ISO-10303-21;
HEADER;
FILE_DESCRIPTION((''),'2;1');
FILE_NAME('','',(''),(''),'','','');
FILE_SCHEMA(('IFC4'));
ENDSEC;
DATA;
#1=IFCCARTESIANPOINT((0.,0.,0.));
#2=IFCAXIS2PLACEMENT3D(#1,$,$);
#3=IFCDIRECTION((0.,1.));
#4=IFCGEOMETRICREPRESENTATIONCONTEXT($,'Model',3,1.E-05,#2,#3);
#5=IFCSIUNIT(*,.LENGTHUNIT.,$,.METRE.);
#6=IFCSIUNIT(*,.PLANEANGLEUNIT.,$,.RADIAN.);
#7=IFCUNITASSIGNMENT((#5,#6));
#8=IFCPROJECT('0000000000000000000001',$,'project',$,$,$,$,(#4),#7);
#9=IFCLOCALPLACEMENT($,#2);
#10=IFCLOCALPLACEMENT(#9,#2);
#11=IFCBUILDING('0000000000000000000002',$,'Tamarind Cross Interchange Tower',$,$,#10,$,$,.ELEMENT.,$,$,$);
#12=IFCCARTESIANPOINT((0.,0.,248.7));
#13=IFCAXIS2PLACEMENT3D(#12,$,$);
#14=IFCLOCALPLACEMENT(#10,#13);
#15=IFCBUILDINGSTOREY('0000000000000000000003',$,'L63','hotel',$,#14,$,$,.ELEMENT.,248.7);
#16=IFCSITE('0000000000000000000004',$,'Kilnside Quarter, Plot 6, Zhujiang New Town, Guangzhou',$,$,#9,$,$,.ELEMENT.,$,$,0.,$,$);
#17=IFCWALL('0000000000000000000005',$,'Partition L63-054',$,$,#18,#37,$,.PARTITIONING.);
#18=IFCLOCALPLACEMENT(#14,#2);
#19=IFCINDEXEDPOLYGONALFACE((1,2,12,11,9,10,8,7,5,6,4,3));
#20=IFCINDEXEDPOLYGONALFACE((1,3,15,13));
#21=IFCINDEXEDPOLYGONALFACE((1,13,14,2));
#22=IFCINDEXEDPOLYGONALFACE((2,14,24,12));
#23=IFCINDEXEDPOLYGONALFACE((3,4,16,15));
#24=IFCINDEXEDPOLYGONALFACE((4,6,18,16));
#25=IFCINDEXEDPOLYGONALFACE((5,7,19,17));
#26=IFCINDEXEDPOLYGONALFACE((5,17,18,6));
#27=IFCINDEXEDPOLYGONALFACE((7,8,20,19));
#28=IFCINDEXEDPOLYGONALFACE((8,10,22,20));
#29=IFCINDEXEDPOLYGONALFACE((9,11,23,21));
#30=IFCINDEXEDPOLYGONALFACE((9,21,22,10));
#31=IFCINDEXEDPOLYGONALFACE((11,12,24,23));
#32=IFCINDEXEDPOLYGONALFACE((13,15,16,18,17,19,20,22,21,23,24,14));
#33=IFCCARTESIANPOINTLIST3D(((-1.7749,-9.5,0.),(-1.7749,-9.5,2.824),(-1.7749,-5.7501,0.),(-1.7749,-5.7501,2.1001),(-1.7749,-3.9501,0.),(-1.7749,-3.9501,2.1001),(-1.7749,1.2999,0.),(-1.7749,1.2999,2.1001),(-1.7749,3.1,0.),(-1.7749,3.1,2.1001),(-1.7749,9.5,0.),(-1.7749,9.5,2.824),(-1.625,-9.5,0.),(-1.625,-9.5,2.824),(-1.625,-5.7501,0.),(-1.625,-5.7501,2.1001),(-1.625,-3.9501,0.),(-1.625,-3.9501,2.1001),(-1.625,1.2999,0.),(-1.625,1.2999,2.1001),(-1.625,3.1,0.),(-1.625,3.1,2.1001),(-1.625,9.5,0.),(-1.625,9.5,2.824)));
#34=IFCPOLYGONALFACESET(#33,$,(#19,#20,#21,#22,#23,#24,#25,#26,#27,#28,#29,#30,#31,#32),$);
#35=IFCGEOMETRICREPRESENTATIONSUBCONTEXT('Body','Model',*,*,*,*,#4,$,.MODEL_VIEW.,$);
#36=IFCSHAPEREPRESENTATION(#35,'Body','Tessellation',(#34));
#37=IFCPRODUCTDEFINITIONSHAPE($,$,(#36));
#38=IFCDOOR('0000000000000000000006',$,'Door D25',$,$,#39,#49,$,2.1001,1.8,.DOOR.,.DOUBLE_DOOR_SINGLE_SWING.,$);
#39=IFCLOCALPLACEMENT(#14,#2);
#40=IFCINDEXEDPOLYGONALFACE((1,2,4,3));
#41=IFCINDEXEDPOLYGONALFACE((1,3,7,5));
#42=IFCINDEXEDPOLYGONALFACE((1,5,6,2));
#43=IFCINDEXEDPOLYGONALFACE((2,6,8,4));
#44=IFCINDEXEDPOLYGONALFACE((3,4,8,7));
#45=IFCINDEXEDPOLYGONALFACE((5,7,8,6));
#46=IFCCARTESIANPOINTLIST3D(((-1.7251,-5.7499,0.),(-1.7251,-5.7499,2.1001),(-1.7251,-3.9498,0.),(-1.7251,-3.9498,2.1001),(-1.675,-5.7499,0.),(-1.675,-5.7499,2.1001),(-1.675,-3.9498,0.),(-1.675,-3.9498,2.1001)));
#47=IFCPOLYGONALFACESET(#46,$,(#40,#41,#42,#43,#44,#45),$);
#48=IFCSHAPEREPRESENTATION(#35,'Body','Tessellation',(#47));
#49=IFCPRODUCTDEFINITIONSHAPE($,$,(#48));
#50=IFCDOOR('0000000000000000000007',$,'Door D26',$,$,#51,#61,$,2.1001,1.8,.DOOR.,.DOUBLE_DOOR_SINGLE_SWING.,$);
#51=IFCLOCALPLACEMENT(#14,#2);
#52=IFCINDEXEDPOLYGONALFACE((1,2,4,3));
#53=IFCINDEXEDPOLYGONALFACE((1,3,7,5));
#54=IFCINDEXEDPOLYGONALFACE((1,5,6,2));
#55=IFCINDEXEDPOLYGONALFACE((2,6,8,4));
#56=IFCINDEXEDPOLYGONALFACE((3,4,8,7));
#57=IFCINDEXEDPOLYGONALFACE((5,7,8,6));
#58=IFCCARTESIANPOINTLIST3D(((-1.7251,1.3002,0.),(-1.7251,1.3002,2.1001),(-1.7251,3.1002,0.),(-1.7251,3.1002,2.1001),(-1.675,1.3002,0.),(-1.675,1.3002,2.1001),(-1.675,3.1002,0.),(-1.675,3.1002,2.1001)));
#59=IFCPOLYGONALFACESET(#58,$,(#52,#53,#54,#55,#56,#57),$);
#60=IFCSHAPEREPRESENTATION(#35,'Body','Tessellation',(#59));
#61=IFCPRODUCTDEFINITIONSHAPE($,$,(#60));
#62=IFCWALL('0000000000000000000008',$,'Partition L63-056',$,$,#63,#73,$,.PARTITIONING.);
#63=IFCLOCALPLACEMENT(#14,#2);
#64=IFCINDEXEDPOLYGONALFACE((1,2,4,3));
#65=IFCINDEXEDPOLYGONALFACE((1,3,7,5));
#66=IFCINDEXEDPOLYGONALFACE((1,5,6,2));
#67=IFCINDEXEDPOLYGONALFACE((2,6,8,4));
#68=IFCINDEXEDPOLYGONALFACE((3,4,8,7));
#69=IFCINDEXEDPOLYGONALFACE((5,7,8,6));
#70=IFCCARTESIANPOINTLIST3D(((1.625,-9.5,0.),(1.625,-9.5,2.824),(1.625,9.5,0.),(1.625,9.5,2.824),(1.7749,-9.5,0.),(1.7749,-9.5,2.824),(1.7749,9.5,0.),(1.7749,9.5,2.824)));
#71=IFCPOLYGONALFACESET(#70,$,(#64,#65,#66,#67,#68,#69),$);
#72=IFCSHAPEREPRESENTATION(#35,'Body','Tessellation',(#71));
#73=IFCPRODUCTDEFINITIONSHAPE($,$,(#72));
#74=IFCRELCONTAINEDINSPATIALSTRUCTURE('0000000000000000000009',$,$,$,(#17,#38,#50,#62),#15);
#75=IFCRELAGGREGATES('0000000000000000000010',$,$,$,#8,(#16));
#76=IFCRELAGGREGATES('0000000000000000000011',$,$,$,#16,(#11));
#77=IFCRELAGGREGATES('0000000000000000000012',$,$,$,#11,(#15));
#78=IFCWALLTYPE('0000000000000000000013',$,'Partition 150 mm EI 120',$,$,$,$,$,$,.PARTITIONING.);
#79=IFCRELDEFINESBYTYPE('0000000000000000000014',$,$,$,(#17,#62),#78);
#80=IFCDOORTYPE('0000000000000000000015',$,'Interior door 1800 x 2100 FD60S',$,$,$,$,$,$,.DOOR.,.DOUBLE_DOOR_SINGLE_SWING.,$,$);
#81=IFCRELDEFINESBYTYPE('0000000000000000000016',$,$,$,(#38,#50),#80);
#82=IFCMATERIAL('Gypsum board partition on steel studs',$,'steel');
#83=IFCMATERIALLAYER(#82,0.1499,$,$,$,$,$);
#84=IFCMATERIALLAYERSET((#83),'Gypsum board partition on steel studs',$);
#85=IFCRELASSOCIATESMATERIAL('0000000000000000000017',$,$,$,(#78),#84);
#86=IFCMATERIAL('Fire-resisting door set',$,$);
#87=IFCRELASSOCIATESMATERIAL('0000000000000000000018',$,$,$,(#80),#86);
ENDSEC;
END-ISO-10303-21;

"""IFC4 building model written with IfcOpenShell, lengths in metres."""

from ifc_helpers import new_model, si_unit, direction, frame, frame_2d, origin, place, context, subcontext, project, spatial, rectangle, extrude, material, layer, layer_set, type_object, element, fill, save


model = new_model("IFC4")

# Units and contexts
model_context = context("Model", 3, precision=1e-05, world=origin(), true_north=direction((0.0, 1.0)))
body_context = subcontext(model_context, "Body", "Model", "MODEL_VIEW")
ifc_project = project(units=[si_unit("LENGTHUNIT", "METRE"), si_unit("PLANEANGLEUNIT", "RADIAN")], contexts=[model_context])

# Site, building, storey
site_placement = place(None, origin())
site = spatial("IfcSite", under=ifc_project, at=site_placement, Name="Kilnside Quarter, Plot 6, Zhujiang New Town, Guangzhou", CompositionType="ELEMENT", RefElevation=0.0)
building_placement = place(site_placement, origin())
building = spatial("IfcBuilding", under=site, at=building_placement, Name="Tamarind Cross Interchange Tower", CompositionType="ELEMENT")
storey_placement = place(building_placement, frame((0.0, 0.0, 248.7)))
storey = spatial("IfcBuildingStorey", under=building, at=storey_placement, Name="L63", Description="hotel", CompositionType="ELEMENT", Elevation=248.7)

# Shared definitions
ifc_material_1 = material(Name="Gypsum board partition on steel studs", Category="steel")
ifc_layer_1 = layer(ifc_material_1, 0.1499)
ifc_layer_set_1 = layer_set([ifc_layer_1], Name="Gypsum board partition on steel studs")
wall_type_1 = type_object("IfcWallType", Name="Partition 150 mm EI 120", PredefinedType="PARTITIONING", material=ifc_layer_set_1)

# Wall, openings, doors
wall_1_placement = place(storey_placement, frame((-1.7, -9.5, 0.0), z_axis=(0.0, 0.0, 1.0), x_axis=(0.0, 1.0, 0.0)))
wall_1 = element("IfcWall", 1, at=wall_1_placement, inside=storey, type_object=wall_type_1, Name="Partition L63-054", PredefinedType="PARTITIONING", context=body_context, shape_type="SweptSolid", body=[
    extrude(rectangle(XDim=19.0, YDim=0.1499, at=frame_2d((9.5, 0.0))), origin(), (0.0, 0.0, 1.0), 2.824),
])
opening_1_placement = place(wall_1_placement, frame((3.75, 0.0, 0.0)))
opening_1 = element("IfcOpeningElement", 2, at=opening_1_placement, cuts=wall_1, PredefinedType="OPENING", context=body_context, shape_type="SweptSolid", body=[
    extrude(rectangle(XDim=1.8, YDim=2.1001, at=frame_2d((0.8999, 1.05))), frame((0.0, 0.085, 0.0), z_axis=(0.0, -1.0, 0.0), x_axis=(1.0, 0.0, 0.0)), (0.0, 0.0, 1.0), 0.1699),
])
opening_2_placement = place(wall_1_placement, frame((10.8, 0.0, 0.0)))
opening_2 = element("IfcOpeningElement", 3, at=opening_2_placement, cuts=wall_1, PredefinedType="OPENING", context=body_context, shape_type="SweptSolid", body=[
    extrude(rectangle(XDim=1.8, YDim=2.1001, at=frame_2d((0.8999, 1.05))), frame((0.0, 0.085, 0.0), z_axis=(0.0, -1.0, 0.0), x_axis=(1.0, 0.0, 0.0)), (0.0, 0.0, 1.0), 0.1699),
])
ifc_material_2 = material(Name="Fire-resisting door set")
door_type = type_object("IfcDoorType", Name="Interior door 1800 x 2100 FD60S", OperationType="DOUBLE_DOOR_SINGLE_SWING", PredefinedType="DOOR", material=ifc_material_2)
door_1_placement = place(opening_1_placement, frame((1.8, 0.0, 0.0), z_axis=(0.0, 0.0, 1.0), x_axis=(-1.0, 0.0, 0.0)))
door_1 = element("IfcDoor", 4, at=door_1_placement, inside=storey, type_object=door_type, Name="Door D25", OperationType="DOUBLE_DOOR_SINGLE_SWING", OverallHeight=2.1001, OverallWidth=1.8, PredefinedType="DOOR", context=body_context, shape_type="SweptSolid", body=[
    extrude(rectangle(XDim=1.8, YDim=2.1001, at=frame_2d((0.8999, 1.05))), frame((0.0, 0.0249, 0.0), z_axis=(0.0, -1.0, 0.0), x_axis=(1.0, 0.0, 0.0)), (0.0, 0.0, 1.0), 0.05),
])
fill(opening_1, door_1)
door_2_placement = place(opening_2_placement, frame((1.8, 0.0, 0.0), z_axis=(0.0, 0.0, 1.0), x_axis=(-1.0, 0.0, 0.0)))
door_2 = element("IfcDoor", 5, at=door_2_placement, inside=storey, type_object=door_type, Name="Door D26", OperationType="DOUBLE_DOOR_SINGLE_SWING", OverallHeight=2.1001, OverallWidth=1.8, PredefinedType="DOOR", context=body_context, shape_type="SweptSolid", body=[
    extrude(rectangle(XDim=1.8, YDim=2.1001, at=frame_2d((0.8999, 1.05))), frame((0.0, 0.0249, 0.0), z_axis=(0.0, -1.0, 0.0), x_axis=(1.0, 0.0, 0.0)), (0.0, 0.0, 1.0), 0.05),
])
fill(opening_2, door_2)

# Wall
wall_2_placement = place(storey_placement, frame((1.7, -9.5, 0.0), z_axis=(0.0, 0.0, 1.0), x_axis=(0.0, 1.0, 0.0)))
element("IfcWall", 6, at=wall_2_placement, inside=storey, type_object=wall_type_1, Name="Partition L63-056", PredefinedType="PARTITIONING", context=body_context, shape_type="SweptSolid", body=[
    extrude(rectangle(XDim=19.0, YDim=0.1499, at=frame_2d((9.5, 0.0))), origin(), (0.0, 0.0, 1.0), 2.824),
])

save(model, "model.ifc")
